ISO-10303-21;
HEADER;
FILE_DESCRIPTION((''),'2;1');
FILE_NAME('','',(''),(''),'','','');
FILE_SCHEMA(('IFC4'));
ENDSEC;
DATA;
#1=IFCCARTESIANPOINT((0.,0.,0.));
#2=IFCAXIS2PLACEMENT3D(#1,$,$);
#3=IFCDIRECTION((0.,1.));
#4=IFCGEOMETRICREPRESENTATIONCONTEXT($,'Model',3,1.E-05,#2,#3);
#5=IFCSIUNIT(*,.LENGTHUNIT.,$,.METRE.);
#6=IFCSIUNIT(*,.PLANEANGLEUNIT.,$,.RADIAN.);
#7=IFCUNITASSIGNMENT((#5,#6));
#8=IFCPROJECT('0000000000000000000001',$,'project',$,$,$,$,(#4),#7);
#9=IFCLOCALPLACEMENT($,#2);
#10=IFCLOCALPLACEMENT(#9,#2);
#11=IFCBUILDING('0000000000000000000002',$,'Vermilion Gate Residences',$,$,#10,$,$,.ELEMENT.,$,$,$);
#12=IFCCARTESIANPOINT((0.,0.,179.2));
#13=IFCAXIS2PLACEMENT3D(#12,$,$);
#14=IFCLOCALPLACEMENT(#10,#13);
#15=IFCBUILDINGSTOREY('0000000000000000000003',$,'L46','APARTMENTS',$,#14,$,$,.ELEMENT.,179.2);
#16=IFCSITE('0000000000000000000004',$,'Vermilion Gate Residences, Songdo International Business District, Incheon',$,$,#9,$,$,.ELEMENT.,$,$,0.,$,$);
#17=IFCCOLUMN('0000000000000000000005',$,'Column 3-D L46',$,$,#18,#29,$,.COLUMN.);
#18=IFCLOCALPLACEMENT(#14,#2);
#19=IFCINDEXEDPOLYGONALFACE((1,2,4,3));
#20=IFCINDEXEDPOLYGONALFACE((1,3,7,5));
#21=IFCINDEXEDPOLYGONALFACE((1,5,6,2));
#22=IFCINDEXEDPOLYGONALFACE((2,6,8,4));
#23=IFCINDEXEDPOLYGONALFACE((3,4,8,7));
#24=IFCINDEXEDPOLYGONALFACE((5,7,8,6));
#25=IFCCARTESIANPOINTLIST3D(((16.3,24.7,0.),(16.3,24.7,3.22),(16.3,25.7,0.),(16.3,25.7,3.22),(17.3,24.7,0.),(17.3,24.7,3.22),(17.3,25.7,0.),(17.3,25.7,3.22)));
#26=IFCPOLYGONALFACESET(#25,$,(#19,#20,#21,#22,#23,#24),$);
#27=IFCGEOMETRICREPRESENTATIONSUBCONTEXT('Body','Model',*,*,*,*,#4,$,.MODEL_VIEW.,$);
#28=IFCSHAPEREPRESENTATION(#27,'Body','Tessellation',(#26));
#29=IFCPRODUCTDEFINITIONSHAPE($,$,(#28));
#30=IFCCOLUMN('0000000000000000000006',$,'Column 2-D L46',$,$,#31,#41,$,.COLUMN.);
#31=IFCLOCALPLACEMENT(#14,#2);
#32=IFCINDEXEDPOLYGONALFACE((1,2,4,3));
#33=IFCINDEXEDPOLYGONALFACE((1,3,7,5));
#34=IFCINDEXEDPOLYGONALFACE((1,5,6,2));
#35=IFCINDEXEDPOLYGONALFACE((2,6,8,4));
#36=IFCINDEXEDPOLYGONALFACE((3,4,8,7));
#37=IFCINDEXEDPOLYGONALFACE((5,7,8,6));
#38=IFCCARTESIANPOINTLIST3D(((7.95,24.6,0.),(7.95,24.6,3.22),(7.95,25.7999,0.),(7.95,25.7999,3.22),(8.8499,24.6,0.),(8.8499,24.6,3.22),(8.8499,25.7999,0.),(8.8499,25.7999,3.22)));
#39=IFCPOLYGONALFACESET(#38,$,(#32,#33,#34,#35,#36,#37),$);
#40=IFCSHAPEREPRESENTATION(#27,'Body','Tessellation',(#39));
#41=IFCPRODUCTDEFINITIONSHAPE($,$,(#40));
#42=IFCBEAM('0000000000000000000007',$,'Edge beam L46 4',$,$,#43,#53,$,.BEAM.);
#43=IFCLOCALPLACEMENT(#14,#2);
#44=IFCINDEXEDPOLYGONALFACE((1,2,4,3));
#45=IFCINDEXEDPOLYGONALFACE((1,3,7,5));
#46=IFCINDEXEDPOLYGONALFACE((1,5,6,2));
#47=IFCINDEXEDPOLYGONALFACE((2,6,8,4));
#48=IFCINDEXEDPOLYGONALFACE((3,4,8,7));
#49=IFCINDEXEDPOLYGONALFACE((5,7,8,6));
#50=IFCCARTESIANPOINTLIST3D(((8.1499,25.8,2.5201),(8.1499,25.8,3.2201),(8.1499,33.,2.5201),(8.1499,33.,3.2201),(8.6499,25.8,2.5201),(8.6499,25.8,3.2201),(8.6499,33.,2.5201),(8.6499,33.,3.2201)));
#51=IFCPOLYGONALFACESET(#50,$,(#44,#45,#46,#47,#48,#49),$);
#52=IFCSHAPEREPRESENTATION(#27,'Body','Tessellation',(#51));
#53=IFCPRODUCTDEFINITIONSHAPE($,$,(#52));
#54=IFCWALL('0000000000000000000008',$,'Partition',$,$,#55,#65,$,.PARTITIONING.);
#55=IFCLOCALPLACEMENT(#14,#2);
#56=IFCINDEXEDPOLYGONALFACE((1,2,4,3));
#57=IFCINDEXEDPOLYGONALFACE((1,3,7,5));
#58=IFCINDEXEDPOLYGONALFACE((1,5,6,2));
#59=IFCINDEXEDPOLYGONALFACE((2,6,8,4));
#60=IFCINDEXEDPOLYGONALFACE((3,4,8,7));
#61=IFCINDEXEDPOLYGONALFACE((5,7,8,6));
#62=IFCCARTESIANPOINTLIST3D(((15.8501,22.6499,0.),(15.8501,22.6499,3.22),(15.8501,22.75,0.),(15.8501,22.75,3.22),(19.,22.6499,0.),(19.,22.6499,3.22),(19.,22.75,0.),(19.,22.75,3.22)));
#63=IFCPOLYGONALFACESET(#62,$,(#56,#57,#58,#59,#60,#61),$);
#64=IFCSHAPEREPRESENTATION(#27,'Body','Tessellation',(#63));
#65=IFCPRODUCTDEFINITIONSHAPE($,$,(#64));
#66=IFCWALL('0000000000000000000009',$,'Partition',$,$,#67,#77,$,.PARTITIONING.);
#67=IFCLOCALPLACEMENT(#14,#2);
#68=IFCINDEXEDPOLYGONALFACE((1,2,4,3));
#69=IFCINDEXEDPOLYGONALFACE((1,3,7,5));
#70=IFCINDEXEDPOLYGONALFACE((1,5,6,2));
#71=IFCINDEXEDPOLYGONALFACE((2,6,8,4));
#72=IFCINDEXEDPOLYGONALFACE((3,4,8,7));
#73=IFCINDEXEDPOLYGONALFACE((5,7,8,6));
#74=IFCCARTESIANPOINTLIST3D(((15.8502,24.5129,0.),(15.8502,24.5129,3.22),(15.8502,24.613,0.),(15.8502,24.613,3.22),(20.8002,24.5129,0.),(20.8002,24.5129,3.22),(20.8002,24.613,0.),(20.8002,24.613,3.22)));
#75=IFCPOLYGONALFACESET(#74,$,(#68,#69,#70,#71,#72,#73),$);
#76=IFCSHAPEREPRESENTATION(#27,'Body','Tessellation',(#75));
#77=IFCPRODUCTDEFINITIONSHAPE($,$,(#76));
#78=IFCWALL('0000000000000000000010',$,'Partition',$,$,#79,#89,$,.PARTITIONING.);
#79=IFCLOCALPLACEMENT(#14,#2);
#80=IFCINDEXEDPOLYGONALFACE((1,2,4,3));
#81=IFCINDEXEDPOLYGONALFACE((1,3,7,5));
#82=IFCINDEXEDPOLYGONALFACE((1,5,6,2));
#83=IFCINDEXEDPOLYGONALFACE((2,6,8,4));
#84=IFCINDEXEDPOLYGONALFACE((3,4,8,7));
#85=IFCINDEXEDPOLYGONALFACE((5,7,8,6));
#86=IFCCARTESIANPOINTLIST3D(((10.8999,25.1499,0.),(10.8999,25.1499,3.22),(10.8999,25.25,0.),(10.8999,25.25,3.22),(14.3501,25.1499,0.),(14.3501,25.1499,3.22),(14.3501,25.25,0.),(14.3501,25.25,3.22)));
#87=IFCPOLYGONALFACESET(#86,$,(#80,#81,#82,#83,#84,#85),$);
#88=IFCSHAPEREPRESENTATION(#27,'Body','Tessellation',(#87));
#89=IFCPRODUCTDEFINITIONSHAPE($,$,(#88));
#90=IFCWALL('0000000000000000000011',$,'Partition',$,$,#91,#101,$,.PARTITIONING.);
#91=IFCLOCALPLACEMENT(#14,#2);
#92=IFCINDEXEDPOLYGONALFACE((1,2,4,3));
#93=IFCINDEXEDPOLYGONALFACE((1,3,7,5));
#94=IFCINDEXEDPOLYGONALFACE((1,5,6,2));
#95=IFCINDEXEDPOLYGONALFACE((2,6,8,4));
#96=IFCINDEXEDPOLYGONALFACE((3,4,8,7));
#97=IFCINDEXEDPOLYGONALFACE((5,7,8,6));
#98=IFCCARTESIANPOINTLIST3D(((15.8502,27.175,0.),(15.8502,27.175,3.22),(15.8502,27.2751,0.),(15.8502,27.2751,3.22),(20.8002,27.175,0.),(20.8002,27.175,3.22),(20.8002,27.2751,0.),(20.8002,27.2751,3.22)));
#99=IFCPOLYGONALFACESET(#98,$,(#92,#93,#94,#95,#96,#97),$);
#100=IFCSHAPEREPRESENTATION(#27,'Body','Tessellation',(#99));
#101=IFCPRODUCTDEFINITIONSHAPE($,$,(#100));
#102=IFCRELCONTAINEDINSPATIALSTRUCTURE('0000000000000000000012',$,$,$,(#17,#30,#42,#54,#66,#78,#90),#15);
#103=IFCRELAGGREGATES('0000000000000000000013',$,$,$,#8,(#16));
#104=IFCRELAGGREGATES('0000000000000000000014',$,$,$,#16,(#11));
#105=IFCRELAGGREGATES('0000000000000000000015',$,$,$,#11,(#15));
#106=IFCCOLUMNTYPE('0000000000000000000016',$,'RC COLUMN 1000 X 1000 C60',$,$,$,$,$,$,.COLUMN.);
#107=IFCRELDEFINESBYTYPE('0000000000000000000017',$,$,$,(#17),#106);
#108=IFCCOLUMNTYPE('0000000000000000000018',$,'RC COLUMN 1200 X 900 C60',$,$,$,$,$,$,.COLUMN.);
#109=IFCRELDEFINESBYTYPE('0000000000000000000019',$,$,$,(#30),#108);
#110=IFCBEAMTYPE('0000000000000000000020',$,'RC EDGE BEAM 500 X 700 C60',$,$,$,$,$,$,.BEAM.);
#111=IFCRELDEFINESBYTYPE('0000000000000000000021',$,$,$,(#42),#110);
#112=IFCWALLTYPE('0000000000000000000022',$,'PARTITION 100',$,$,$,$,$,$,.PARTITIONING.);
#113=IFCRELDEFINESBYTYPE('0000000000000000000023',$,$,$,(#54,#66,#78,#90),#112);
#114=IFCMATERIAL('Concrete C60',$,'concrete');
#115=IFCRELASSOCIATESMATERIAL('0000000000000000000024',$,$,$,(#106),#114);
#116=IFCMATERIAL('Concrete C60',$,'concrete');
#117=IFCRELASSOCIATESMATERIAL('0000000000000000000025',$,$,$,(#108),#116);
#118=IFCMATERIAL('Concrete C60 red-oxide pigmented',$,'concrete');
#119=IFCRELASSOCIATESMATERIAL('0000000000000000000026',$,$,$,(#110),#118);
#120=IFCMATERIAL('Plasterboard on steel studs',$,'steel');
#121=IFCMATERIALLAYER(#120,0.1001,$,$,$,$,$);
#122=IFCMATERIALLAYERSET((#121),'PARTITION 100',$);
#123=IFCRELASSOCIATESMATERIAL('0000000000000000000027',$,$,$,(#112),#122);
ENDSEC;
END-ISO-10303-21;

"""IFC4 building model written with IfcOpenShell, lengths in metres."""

from ifc_helpers import new_model, si_unit, direction, frame, frame_2d, origin, origin_2d, place, context, subcontext, project, spatial, rectangle, extrude, material, layer, layer_set, material_profile, profile_set, type_object, element, save


model = new_model("IFC4")

# Units and contexts
model_context = context("Model", 3, precision=1e-05, world=origin(), true_north=direction((0.0, 1.0)))
body_context = subcontext(model_context, "Body", "Model", "MODEL_VIEW")
ifc_project = project(units=[si_unit("LENGTHUNIT", "METRE"), si_unit("PLANEANGLEUNIT", "RADIAN")], contexts=[model_context])

# Site, building, storey
site_placement = place(None, origin())
site = spatial("IfcSite", under=ifc_project, at=site_placement, Name="Vermilion Gate Residences, Songdo International Business District, Incheon", CompositionType="ELEMENT", RefElevation=0.0)
building_placement = place(site_placement, origin())
building = spatial("IfcBuilding", under=site, at=building_placement, Name="Vermilion Gate Residences", CompositionType="ELEMENT")
storey_placement = place(building_placement, frame((0.0, 0.0, 179.2)))
storey = spatial("IfcBuildingStorey", under=building, at=storey_placement, Name="L46", Description="APARTMENTS", CompositionType="ELEMENT", Elevation=179.2)

# Columns
ifc_material_1 = material(Name="Concrete C60", Category="concrete")
ifc_material_profile_1 = material_profile(ifc_material_1, rectangle(XDim=1.0, YDim=1.0, at=origin_2d()), Name="RC-1000x1000")
ifc_profile_set_1 = profile_set([ifc_material_profile_1], Name="Concrete C60")
column_type_1 = type_object("IfcColumnType", Name="RC COLUMN 1000 X 1000 C60", PredefinedType="COLUMN", material=ifc_profile_set_1)
column_1_placement = place(storey_placement, frame((16.8, 25.2, 0.0), z_axis=(0.0, 0.0, 1.0), x_axis=(1.0, 0.0, 0.0)))
element("IfcColumn", 1, at=column_1_placement, inside=storey, type_object=column_type_1, Name="Column 3-D L46", PredefinedType="COLUMN", context=body_context, shape_type="SweptSolid", body=[
    extrude(rectangle(XDim=1.0, YDim=1.0, at=origin_2d()), origin(), (0.0, 0.0, 1.0), 3.22),
])
ifc_material_2 = material(Name="Concrete C60", Category="concrete")
ifc_material_profile_2 = material_profile(ifc_material_2, rectangle(XDim=1.2, YDim=0.8999, at=origin_2d()), Name="RC-1200x900")
ifc_profile_set_2 = profile_set([ifc_material_profile_2], Name="Concrete C60")
column_type_2 = type_object("IfcColumnType", Name="RC COLUMN 1200 X 900 C60", PredefinedType="COLUMN", material=ifc_profile_set_2)
column_2_placement = place(storey_placement, frame((8.3999, 25.2, 0.0), z_axis=(0.0, 0.0, 1.0), x_axis=(0.0, 1.0, 0.0)))
element("IfcColumn", 2, at=column_2_placement, inside=storey, type_object=column_type_2, Name="Column 2-D L46", PredefinedType="COLUMN", context=body_context, shape_type="SweptSolid", body=[
    extrude(rectangle(XDim=1.2, YDim=0.8999, at=origin_2d()), origin(), (0.0, 0.0, 1.0), 3.22),
])

# Beam
ifc_material_3 = material(Name="Concrete C60 red-oxide pigmented", Category="concrete")
ifc_material_profile_3 = material_profile(ifc_material_3, rectangle(XDim=0.5, YDim=0.7, at=origin_2d()), Name="RC-500x700")
ifc_profile_set_3 = profile_set([ifc_material_profile_3], Name="Concrete C60 red-oxide pigmented")
beam_type = type_object("IfcBeamType", Name="RC EDGE BEAM 500 X 700 C60", PredefinedType="BEAM", material=ifc_profile_set_3)
beam_placement = place(storey_placement, frame((8.3999, 25.8, 2.8701), z_axis=(0.0, 1.0, 0.0), x_axis=(-1.0, 0.0, 0.0)))
element("IfcBeam", 3, at=beam_placement, inside=storey, type_object=beam_type, Name="Edge beam L46 4", PredefinedType="BEAM", context=body_context, shape_type="SweptSolid", body=[
    extrude(rectangle(XDim=0.5, YDim=0.7, at=origin_2d()), origin(), (0.0, 0.0, 1.0), 7.2),
])

# Walls
ifc_material_4 = material(Name="Plasterboard on steel studs", Category="steel")
ifc_layer_1 = layer(ifc_material_4, 0.1001)
ifc_layer_set_1 = layer_set([ifc_layer_1], Name="PARTITION 100")
wall_type_1 = type_object("IfcWallType", Name="PARTITION 100", PredefinedType="PARTITIONING", material=ifc_layer_set_1)
wall_1_placement = place(storey_placement, frame((15.8501, 22.7, 0.0), z_axis=(0.0, 0.0, 1.0), x_axis=(1.0, 0.0, 0.0)))
element("IfcWall", 4, at=wall_1_placement, inside=storey, type_object=wall_type_1, Name="Partition", PredefinedType="PARTITIONING", context=body_context, shape_type="SweptSolid", body=[
    extrude(rectangle(XDim=3.1499, YDim=0.1001, at=frame_2d((1.575, 0.0))), origin(), (0.0, 0.0, 1.0), 3.22),
])
wall_2_placement = place(storey_placement, frame((15.8501, 24.563, 0.0), z_axis=(0.0, 0.0, 1.0), x_axis=(1.0, 0.0, 0.0)))
element("IfcWall", 5, at=wall_2_placement, inside=storey, type_object=wall_type_1, Name="Partition", PredefinedType="PARTITIONING", context=body_context, shape_type="SweptSolid", body=[
    extrude(rectangle(XDim=4.95, YDim=0.1001, at=frame_2d((2.4751, 0.0))), origin(), (0.0, 0.0, 1.0), 3.22),
])
wall_3_placement = place(storey_placement, frame((10.8999, 25.2, 0.0), z_axis=(0.0, 0.0, 1.0), x_axis=(1.0, 0.0, 0.0)))
element("IfcWall", 6, at=wall_3_placement, inside=storey, type_object=wall_type_1, Name="Partition", PredefinedType="PARTITIONING", context=body_context, shape_type="SweptSolid", body=[
    extrude(rectangle(XDim=3.4502, YDim=0.1001, at=frame_2d((1.7251, 0.0))), origin(), (0.0, 0.0, 1.0), 3.22),
])
wall_4_placement = place(storey_placement, frame((15.8501, 27.2251, 0.0), z_axis=(0.0, 0.0, 1.0), x_axis=(1.0, 0.0, 0.0)))
element("IfcWall", 7, at=wall_4_placement, inside=storey, type_object=wall_type_1, Name="Partition", PredefinedType="PARTITIONING", context=body_context, shape_type="SweptSolid", body=[
    extrude(rectangle(XDim=4.95, YDim=0.1001, at=frame_2d((2.4751, 0.0))), origin(), (0.0, 0.0, 1.0), 3.22),
])

save(model, "model.ifc")
